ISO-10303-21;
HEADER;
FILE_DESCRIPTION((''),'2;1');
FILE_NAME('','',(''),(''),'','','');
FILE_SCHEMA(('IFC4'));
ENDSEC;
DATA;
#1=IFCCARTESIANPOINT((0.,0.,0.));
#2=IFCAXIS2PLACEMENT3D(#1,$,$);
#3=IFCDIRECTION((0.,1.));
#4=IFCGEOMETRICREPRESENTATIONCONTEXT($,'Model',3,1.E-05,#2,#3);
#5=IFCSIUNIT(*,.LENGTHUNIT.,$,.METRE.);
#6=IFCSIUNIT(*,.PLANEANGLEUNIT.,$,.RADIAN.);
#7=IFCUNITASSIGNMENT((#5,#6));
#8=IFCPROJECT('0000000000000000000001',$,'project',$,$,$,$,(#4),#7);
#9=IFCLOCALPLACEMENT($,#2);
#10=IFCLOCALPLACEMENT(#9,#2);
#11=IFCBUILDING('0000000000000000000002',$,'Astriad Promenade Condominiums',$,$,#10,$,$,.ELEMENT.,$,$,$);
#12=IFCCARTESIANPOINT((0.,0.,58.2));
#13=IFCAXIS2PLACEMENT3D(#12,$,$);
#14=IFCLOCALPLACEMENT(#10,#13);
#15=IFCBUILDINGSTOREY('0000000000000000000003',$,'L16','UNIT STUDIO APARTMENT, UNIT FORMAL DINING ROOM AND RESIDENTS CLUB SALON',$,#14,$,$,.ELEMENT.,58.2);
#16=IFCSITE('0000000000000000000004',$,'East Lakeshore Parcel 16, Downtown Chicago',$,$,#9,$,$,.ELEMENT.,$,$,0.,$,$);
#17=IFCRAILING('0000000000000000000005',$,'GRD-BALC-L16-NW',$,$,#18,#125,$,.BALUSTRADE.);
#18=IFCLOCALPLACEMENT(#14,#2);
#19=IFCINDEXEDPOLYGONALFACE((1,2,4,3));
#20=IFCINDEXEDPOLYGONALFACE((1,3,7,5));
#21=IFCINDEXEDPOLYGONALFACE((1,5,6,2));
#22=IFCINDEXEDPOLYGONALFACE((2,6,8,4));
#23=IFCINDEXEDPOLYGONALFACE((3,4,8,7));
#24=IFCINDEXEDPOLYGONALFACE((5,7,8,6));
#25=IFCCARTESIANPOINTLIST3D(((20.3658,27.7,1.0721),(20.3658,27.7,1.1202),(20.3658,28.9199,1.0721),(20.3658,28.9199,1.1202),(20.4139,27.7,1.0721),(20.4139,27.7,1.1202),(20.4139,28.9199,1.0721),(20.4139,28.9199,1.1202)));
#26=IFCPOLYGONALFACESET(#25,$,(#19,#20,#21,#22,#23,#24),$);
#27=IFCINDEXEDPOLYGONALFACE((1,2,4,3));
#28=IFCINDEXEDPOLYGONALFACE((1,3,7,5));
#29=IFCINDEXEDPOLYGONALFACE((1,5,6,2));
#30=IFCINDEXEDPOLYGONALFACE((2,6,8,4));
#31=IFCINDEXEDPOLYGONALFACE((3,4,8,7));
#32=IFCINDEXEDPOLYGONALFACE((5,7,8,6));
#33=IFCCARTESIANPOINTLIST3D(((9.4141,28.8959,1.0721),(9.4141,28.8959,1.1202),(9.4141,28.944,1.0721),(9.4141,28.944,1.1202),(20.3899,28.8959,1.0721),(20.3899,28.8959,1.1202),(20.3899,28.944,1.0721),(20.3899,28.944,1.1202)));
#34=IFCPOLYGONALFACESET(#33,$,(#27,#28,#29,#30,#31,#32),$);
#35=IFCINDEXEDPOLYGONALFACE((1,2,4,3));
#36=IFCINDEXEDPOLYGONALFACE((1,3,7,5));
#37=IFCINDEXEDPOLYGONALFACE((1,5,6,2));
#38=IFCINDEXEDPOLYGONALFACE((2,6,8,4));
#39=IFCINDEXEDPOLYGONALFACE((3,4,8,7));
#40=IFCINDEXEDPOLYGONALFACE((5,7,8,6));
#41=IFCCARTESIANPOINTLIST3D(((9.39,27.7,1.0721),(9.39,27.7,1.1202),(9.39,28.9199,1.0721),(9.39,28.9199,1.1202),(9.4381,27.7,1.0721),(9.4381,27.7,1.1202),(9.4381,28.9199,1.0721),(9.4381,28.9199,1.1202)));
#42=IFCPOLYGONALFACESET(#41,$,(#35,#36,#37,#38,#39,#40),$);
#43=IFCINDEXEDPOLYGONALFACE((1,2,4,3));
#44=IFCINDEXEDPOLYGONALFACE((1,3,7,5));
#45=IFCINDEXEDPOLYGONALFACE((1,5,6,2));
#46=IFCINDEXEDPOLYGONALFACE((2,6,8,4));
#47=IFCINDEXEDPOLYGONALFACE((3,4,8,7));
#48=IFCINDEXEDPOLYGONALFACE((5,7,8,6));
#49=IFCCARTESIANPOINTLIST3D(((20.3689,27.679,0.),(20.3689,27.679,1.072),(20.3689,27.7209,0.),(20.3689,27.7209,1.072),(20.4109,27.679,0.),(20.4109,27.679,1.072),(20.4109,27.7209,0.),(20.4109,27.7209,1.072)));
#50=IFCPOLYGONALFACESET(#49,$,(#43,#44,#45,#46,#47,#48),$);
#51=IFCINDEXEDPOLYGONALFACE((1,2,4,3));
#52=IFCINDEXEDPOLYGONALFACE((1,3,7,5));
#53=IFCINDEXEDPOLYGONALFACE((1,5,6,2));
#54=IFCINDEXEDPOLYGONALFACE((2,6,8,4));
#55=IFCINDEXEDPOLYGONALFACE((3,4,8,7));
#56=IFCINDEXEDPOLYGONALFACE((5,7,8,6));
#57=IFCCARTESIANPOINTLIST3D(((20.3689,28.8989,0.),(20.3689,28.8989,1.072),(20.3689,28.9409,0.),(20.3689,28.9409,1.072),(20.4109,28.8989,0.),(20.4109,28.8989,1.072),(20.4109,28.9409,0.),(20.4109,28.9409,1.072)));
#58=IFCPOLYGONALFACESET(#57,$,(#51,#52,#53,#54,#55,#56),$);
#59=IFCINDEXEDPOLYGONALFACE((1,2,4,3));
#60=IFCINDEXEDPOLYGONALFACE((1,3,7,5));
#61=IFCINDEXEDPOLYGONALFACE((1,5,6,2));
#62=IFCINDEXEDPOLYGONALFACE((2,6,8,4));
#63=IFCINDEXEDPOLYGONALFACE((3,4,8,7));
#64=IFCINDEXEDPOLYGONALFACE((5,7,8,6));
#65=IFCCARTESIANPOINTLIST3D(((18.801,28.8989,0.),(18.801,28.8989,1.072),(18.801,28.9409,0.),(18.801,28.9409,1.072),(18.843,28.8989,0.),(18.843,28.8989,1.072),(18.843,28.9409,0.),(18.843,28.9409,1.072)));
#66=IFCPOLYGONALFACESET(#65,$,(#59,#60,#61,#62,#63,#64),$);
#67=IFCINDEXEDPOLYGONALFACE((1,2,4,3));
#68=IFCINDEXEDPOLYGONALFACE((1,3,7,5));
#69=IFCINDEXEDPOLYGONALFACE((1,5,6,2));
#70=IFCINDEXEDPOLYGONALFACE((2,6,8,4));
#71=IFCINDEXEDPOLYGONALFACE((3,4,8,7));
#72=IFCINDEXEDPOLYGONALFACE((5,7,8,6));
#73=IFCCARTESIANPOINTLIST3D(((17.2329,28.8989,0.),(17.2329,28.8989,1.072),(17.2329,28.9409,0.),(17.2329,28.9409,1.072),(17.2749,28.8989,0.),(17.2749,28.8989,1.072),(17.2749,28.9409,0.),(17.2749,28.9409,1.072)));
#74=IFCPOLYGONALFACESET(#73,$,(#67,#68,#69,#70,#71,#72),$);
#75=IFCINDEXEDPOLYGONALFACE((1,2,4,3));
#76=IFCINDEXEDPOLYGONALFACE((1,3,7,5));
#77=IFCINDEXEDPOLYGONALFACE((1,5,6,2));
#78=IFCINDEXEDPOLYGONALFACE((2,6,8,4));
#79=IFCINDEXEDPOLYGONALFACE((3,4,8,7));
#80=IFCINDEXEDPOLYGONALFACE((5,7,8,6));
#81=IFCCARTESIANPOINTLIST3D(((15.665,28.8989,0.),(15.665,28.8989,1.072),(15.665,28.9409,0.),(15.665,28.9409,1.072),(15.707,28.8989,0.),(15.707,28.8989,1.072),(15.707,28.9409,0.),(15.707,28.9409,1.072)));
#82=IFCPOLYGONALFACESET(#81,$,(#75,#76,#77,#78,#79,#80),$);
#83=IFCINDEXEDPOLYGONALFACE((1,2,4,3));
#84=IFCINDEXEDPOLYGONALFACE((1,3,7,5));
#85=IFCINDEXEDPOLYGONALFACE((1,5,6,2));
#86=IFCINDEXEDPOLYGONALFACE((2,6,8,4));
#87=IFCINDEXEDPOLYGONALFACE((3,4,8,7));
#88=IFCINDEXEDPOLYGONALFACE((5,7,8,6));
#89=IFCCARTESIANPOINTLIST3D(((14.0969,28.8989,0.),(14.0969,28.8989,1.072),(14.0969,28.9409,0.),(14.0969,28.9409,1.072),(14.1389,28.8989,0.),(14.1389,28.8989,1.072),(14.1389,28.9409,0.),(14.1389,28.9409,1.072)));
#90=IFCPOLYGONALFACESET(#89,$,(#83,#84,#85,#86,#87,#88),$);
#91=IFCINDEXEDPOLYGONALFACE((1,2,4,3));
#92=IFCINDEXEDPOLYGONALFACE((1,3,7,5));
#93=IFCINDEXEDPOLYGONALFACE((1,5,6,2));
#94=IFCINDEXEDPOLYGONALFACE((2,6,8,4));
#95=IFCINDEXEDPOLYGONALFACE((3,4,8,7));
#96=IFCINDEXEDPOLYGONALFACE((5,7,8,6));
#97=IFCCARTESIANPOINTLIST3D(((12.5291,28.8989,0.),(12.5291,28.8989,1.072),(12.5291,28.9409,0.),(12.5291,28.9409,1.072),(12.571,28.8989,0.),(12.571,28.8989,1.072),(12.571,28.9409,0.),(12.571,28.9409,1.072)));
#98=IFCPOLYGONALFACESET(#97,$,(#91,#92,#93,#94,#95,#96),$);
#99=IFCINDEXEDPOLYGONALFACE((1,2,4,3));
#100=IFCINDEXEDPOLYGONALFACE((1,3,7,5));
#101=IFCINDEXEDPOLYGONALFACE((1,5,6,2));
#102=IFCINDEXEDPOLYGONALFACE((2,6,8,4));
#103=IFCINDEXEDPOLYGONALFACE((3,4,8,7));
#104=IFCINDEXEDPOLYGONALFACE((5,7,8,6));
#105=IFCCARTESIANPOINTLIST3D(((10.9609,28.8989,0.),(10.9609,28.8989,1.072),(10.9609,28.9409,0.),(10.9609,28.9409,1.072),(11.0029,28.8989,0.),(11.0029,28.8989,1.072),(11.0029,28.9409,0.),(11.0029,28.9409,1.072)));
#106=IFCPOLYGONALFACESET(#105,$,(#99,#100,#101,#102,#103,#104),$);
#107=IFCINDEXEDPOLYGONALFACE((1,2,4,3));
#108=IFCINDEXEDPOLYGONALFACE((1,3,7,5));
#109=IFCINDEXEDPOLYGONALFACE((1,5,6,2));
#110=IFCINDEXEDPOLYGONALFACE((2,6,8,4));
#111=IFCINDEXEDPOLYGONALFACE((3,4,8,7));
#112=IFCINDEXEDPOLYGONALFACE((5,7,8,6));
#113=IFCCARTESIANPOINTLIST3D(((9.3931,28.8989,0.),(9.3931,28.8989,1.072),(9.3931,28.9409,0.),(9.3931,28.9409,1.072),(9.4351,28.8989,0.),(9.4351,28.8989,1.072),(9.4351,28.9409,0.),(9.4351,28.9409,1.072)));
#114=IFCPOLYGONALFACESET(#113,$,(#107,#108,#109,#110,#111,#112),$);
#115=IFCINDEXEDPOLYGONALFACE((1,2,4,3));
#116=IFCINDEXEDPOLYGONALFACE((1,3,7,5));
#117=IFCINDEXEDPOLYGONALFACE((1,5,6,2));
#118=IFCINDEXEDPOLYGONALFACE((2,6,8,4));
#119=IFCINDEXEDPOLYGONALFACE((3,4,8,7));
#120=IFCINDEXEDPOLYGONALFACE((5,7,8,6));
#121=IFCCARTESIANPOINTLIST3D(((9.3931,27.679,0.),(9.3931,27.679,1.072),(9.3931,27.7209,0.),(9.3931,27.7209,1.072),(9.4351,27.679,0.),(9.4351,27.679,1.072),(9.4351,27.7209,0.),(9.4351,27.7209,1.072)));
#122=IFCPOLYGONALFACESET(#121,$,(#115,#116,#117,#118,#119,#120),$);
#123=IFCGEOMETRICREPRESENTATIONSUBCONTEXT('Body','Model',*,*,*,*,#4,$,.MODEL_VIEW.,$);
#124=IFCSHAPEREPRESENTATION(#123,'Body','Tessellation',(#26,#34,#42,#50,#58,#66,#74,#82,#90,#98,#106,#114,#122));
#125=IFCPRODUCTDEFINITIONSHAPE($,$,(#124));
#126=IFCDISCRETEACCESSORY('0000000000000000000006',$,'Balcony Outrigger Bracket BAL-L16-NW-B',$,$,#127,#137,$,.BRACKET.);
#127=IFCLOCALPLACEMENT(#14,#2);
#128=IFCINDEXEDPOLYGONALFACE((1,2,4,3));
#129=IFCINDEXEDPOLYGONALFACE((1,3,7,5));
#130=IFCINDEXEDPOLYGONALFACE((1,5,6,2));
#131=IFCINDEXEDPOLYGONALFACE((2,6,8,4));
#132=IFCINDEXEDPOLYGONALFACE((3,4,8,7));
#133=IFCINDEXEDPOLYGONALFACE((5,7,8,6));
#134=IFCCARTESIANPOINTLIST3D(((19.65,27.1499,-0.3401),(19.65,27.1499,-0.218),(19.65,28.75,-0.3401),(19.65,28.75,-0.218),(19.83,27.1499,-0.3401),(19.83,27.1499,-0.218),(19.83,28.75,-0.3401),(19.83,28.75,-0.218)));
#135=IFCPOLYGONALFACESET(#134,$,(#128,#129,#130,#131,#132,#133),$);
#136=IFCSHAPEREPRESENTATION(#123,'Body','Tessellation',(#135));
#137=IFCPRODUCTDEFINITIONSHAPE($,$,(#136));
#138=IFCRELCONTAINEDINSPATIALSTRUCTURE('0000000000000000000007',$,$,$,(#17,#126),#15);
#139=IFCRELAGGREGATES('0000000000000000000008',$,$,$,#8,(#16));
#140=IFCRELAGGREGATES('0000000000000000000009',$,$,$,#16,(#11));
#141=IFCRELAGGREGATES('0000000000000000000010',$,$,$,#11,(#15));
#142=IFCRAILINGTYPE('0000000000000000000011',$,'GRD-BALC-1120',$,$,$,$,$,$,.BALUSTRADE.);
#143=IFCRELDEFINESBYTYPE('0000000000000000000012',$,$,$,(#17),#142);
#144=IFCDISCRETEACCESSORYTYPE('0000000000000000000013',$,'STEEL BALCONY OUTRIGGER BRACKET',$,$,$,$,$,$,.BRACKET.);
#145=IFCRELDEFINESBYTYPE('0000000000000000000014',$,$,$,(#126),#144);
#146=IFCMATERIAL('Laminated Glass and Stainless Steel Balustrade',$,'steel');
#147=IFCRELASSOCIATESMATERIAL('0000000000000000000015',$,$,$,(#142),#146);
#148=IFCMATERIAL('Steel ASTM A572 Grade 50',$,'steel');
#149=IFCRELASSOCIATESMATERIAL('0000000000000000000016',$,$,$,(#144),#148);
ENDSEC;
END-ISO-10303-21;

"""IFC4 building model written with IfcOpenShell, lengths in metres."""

from ifc_helpers import new_model, si_unit, direction, frame, origin, origin_2d, place, context, subcontext, project, spatial, rectangle, extrude, source, transform, mapped, material, type_object, type_shapes, element, save


model = new_model("IFC4")

# Units and contexts
model_context = context("Model", 3, precision=1e-05, world=origin(), true_north=direction((0.0, 1.0)))
body_context = subcontext(model_context, "Body", "Model", "MODEL_VIEW")
ifc_project = project(units=[si_unit("LENGTHUNIT", "METRE"), si_unit("PLANEANGLEUNIT", "RADIAN")], contexts=[model_context])

# Site, building, storey
site_placement = place(None, origin())
site = spatial("IfcSite", under=ifc_project, at=site_placement, Name="East Lakeshore Parcel 16, Downtown Chicago", CompositionType="ELEMENT", RefElevation=0.0)
building_placement = place(site_placement, origin())
building = spatial("IfcBuilding", under=site, at=building_placement, Name="Astriad Promenade Condominiums", CompositionType="ELEMENT")
storey_placement = place(building_placement, frame((0.0, 0.0, 58.2)))
storey = spatial("IfcBuildingStorey", under=building, at=storey_placement, Name="L16", Description="UNIT STUDIO APARTMENT, UNIT FORMAL DINING ROOM AND RESIDENTS CLUB SALON", CompositionType="ELEMENT", Elevation=58.2)

# Railing
ifc_material_1 = material(Name="Laminated Glass and Stainless Steel Balustrade", Category="steel")
railing_type = type_object("IfcRailingType", Name="GRD-BALC-1120", PredefinedType="BALUSTRADE", material=ifc_material_1)
shared_shape_1 = source(origin(), body_context, "Body", "SweptSolid", [
    extrude(rectangle(XDim=0.0481, YDim=0.0481, at=origin_2d()), frame((0.0, 0.0, 1.0962), z_axis=(0.0, 1.0, 0.0), x_axis=(-1.0, 0.0, 0.0)), (0.0, 0.0, 1.0), 1.22),
    extrude(rectangle(XDim=0.0481, YDim=0.0481, at=origin_2d()), frame((0.0, 1.22, 1.0962), z_axis=(-1.0, 0.0, 0.0), x_axis=(0.0, -1.0, 0.0)), (0.0, 0.0, 1.0), 10.9758),
    extrude(rectangle(XDim=0.0481, YDim=0.0481, at=origin_2d()), frame((-10.9758, 1.22, 1.0962), z_axis=(0.0, -1.0, 0.0), x_axis=(1.0, 0.0, 0.0)), (0.0, 0.0, 1.0), 1.22),
    extrude(rectangle(XDim=0.042, YDim=0.042, at=origin_2d()), origin(), (0.0, 0.0, 1.0), 1.072),
    extrude(rectangle(XDim=0.042, YDim=0.042, at=origin_2d()), frame((0.0, 1.22, 0.0)), (0.0, 0.0, 1.0), 1.072),
    extrude(rectangle(XDim=0.042, YDim=0.042, at=origin_2d()), frame((-1.5679, 1.22, 0.0)), (0.0, 0.0, 1.0), 1.072),
    extrude(rectangle(XDim=0.042, YDim=0.042, at=origin_2d()), frame((-3.136, 1.22, 0.0)), (0.0, 0.0, 1.0), 1.072),
    extrude(rectangle(XDim=0.042, YDim=0.042, at=origin_2d()), frame((-4.7039, 1.22, 0.0)), (0.0, 0.0, 1.0), 1.072),
    extrude(rectangle(XDim=0.042, YDim=0.042, at=origin_2d()), frame((-6.272, 1.22, 0.0)), (0.0, 0.0, 1.0), 1.072),
    extrude(rectangle(XDim=0.042, YDim=0.042, at=origin_2d()), frame((-7.8398, 1.22, 0.0)), (0.0, 0.0, 1.0), 1.072),
    extrude(rectangle(XDim=0.042, YDim=0.042, at=origin_2d()), frame((-9.408, 1.22, 0.0)), (0.0, 0.0, 1.0), 1.072),
    extrude(rectangle(XDim=0.042, YDim=0.042, at=origin_2d()), frame((-10.9758, 1.22, 0.0)), (0.0, 0.0, 1.0), 1.072),
    extrude(rectangle(XDim=0.042, YDim=0.042, at=origin_2d()), frame((-10.9758, 0.0, 0.0)), (0.0, 0.0, 1.0), 1.072),
])
type_shapes(railing_type, [shared_shape_1])
railing_placement = place(storey_placement, frame((20.3899, 27.7, 0.0)))
element("IfcRailing", 1, at=railing_placement, inside=storey, type_object=railing_type, Name="GRD-BALC-L16-NW", PredefinedType="BALUSTRADE", context=body_context, shape_type="MappedRepresentation", body=[
    mapped(shared_shape_1, transform((0.0, 0.0, 0.0), scale=1.0)),
])

# Discrete accessory
ifc_material_2 = material(Name="Steel ASTM A572 Grade 50", Category="steel")
discrete_accessory_type = type_object("IfcDiscreteAccessoryType", Name="STEEL BALCONY OUTRIGGER BRACKET", PredefinedType="BRACKET", material=ifc_material_2)
shared_shape_2 = source(origin(), body_context, "Body", "SweptSolid", [
    extrude(rectangle(XDim=1.6001, YDim=0.1799, at=origin_2d()), origin(), (0.0, 0.0, 1.0), 0.1221),
])
type_shapes(discrete_accessory_type, [shared_shape_2])
discrete_accessory_placement = place(storey_placement, frame((19.74, 27.95, -0.3401), z_axis=(0.0, 0.0, 1.0), x_axis=(0.0, 1.0, 0.0)))
element("IfcDiscreteAccessory", 2, at=discrete_accessory_placement, inside=storey, type_object=discrete_accessory_type, Name="Balcony Outrigger Bracket BAL-L16-NW-B", PredefinedType="BRACKET", context=body_context, shape_type="MappedRepresentation", body=[
    mapped(shared_shape_2, transform((0.0, 0.0, 0.0), scale=1.0)),
])

save(model, "model.ifc")
